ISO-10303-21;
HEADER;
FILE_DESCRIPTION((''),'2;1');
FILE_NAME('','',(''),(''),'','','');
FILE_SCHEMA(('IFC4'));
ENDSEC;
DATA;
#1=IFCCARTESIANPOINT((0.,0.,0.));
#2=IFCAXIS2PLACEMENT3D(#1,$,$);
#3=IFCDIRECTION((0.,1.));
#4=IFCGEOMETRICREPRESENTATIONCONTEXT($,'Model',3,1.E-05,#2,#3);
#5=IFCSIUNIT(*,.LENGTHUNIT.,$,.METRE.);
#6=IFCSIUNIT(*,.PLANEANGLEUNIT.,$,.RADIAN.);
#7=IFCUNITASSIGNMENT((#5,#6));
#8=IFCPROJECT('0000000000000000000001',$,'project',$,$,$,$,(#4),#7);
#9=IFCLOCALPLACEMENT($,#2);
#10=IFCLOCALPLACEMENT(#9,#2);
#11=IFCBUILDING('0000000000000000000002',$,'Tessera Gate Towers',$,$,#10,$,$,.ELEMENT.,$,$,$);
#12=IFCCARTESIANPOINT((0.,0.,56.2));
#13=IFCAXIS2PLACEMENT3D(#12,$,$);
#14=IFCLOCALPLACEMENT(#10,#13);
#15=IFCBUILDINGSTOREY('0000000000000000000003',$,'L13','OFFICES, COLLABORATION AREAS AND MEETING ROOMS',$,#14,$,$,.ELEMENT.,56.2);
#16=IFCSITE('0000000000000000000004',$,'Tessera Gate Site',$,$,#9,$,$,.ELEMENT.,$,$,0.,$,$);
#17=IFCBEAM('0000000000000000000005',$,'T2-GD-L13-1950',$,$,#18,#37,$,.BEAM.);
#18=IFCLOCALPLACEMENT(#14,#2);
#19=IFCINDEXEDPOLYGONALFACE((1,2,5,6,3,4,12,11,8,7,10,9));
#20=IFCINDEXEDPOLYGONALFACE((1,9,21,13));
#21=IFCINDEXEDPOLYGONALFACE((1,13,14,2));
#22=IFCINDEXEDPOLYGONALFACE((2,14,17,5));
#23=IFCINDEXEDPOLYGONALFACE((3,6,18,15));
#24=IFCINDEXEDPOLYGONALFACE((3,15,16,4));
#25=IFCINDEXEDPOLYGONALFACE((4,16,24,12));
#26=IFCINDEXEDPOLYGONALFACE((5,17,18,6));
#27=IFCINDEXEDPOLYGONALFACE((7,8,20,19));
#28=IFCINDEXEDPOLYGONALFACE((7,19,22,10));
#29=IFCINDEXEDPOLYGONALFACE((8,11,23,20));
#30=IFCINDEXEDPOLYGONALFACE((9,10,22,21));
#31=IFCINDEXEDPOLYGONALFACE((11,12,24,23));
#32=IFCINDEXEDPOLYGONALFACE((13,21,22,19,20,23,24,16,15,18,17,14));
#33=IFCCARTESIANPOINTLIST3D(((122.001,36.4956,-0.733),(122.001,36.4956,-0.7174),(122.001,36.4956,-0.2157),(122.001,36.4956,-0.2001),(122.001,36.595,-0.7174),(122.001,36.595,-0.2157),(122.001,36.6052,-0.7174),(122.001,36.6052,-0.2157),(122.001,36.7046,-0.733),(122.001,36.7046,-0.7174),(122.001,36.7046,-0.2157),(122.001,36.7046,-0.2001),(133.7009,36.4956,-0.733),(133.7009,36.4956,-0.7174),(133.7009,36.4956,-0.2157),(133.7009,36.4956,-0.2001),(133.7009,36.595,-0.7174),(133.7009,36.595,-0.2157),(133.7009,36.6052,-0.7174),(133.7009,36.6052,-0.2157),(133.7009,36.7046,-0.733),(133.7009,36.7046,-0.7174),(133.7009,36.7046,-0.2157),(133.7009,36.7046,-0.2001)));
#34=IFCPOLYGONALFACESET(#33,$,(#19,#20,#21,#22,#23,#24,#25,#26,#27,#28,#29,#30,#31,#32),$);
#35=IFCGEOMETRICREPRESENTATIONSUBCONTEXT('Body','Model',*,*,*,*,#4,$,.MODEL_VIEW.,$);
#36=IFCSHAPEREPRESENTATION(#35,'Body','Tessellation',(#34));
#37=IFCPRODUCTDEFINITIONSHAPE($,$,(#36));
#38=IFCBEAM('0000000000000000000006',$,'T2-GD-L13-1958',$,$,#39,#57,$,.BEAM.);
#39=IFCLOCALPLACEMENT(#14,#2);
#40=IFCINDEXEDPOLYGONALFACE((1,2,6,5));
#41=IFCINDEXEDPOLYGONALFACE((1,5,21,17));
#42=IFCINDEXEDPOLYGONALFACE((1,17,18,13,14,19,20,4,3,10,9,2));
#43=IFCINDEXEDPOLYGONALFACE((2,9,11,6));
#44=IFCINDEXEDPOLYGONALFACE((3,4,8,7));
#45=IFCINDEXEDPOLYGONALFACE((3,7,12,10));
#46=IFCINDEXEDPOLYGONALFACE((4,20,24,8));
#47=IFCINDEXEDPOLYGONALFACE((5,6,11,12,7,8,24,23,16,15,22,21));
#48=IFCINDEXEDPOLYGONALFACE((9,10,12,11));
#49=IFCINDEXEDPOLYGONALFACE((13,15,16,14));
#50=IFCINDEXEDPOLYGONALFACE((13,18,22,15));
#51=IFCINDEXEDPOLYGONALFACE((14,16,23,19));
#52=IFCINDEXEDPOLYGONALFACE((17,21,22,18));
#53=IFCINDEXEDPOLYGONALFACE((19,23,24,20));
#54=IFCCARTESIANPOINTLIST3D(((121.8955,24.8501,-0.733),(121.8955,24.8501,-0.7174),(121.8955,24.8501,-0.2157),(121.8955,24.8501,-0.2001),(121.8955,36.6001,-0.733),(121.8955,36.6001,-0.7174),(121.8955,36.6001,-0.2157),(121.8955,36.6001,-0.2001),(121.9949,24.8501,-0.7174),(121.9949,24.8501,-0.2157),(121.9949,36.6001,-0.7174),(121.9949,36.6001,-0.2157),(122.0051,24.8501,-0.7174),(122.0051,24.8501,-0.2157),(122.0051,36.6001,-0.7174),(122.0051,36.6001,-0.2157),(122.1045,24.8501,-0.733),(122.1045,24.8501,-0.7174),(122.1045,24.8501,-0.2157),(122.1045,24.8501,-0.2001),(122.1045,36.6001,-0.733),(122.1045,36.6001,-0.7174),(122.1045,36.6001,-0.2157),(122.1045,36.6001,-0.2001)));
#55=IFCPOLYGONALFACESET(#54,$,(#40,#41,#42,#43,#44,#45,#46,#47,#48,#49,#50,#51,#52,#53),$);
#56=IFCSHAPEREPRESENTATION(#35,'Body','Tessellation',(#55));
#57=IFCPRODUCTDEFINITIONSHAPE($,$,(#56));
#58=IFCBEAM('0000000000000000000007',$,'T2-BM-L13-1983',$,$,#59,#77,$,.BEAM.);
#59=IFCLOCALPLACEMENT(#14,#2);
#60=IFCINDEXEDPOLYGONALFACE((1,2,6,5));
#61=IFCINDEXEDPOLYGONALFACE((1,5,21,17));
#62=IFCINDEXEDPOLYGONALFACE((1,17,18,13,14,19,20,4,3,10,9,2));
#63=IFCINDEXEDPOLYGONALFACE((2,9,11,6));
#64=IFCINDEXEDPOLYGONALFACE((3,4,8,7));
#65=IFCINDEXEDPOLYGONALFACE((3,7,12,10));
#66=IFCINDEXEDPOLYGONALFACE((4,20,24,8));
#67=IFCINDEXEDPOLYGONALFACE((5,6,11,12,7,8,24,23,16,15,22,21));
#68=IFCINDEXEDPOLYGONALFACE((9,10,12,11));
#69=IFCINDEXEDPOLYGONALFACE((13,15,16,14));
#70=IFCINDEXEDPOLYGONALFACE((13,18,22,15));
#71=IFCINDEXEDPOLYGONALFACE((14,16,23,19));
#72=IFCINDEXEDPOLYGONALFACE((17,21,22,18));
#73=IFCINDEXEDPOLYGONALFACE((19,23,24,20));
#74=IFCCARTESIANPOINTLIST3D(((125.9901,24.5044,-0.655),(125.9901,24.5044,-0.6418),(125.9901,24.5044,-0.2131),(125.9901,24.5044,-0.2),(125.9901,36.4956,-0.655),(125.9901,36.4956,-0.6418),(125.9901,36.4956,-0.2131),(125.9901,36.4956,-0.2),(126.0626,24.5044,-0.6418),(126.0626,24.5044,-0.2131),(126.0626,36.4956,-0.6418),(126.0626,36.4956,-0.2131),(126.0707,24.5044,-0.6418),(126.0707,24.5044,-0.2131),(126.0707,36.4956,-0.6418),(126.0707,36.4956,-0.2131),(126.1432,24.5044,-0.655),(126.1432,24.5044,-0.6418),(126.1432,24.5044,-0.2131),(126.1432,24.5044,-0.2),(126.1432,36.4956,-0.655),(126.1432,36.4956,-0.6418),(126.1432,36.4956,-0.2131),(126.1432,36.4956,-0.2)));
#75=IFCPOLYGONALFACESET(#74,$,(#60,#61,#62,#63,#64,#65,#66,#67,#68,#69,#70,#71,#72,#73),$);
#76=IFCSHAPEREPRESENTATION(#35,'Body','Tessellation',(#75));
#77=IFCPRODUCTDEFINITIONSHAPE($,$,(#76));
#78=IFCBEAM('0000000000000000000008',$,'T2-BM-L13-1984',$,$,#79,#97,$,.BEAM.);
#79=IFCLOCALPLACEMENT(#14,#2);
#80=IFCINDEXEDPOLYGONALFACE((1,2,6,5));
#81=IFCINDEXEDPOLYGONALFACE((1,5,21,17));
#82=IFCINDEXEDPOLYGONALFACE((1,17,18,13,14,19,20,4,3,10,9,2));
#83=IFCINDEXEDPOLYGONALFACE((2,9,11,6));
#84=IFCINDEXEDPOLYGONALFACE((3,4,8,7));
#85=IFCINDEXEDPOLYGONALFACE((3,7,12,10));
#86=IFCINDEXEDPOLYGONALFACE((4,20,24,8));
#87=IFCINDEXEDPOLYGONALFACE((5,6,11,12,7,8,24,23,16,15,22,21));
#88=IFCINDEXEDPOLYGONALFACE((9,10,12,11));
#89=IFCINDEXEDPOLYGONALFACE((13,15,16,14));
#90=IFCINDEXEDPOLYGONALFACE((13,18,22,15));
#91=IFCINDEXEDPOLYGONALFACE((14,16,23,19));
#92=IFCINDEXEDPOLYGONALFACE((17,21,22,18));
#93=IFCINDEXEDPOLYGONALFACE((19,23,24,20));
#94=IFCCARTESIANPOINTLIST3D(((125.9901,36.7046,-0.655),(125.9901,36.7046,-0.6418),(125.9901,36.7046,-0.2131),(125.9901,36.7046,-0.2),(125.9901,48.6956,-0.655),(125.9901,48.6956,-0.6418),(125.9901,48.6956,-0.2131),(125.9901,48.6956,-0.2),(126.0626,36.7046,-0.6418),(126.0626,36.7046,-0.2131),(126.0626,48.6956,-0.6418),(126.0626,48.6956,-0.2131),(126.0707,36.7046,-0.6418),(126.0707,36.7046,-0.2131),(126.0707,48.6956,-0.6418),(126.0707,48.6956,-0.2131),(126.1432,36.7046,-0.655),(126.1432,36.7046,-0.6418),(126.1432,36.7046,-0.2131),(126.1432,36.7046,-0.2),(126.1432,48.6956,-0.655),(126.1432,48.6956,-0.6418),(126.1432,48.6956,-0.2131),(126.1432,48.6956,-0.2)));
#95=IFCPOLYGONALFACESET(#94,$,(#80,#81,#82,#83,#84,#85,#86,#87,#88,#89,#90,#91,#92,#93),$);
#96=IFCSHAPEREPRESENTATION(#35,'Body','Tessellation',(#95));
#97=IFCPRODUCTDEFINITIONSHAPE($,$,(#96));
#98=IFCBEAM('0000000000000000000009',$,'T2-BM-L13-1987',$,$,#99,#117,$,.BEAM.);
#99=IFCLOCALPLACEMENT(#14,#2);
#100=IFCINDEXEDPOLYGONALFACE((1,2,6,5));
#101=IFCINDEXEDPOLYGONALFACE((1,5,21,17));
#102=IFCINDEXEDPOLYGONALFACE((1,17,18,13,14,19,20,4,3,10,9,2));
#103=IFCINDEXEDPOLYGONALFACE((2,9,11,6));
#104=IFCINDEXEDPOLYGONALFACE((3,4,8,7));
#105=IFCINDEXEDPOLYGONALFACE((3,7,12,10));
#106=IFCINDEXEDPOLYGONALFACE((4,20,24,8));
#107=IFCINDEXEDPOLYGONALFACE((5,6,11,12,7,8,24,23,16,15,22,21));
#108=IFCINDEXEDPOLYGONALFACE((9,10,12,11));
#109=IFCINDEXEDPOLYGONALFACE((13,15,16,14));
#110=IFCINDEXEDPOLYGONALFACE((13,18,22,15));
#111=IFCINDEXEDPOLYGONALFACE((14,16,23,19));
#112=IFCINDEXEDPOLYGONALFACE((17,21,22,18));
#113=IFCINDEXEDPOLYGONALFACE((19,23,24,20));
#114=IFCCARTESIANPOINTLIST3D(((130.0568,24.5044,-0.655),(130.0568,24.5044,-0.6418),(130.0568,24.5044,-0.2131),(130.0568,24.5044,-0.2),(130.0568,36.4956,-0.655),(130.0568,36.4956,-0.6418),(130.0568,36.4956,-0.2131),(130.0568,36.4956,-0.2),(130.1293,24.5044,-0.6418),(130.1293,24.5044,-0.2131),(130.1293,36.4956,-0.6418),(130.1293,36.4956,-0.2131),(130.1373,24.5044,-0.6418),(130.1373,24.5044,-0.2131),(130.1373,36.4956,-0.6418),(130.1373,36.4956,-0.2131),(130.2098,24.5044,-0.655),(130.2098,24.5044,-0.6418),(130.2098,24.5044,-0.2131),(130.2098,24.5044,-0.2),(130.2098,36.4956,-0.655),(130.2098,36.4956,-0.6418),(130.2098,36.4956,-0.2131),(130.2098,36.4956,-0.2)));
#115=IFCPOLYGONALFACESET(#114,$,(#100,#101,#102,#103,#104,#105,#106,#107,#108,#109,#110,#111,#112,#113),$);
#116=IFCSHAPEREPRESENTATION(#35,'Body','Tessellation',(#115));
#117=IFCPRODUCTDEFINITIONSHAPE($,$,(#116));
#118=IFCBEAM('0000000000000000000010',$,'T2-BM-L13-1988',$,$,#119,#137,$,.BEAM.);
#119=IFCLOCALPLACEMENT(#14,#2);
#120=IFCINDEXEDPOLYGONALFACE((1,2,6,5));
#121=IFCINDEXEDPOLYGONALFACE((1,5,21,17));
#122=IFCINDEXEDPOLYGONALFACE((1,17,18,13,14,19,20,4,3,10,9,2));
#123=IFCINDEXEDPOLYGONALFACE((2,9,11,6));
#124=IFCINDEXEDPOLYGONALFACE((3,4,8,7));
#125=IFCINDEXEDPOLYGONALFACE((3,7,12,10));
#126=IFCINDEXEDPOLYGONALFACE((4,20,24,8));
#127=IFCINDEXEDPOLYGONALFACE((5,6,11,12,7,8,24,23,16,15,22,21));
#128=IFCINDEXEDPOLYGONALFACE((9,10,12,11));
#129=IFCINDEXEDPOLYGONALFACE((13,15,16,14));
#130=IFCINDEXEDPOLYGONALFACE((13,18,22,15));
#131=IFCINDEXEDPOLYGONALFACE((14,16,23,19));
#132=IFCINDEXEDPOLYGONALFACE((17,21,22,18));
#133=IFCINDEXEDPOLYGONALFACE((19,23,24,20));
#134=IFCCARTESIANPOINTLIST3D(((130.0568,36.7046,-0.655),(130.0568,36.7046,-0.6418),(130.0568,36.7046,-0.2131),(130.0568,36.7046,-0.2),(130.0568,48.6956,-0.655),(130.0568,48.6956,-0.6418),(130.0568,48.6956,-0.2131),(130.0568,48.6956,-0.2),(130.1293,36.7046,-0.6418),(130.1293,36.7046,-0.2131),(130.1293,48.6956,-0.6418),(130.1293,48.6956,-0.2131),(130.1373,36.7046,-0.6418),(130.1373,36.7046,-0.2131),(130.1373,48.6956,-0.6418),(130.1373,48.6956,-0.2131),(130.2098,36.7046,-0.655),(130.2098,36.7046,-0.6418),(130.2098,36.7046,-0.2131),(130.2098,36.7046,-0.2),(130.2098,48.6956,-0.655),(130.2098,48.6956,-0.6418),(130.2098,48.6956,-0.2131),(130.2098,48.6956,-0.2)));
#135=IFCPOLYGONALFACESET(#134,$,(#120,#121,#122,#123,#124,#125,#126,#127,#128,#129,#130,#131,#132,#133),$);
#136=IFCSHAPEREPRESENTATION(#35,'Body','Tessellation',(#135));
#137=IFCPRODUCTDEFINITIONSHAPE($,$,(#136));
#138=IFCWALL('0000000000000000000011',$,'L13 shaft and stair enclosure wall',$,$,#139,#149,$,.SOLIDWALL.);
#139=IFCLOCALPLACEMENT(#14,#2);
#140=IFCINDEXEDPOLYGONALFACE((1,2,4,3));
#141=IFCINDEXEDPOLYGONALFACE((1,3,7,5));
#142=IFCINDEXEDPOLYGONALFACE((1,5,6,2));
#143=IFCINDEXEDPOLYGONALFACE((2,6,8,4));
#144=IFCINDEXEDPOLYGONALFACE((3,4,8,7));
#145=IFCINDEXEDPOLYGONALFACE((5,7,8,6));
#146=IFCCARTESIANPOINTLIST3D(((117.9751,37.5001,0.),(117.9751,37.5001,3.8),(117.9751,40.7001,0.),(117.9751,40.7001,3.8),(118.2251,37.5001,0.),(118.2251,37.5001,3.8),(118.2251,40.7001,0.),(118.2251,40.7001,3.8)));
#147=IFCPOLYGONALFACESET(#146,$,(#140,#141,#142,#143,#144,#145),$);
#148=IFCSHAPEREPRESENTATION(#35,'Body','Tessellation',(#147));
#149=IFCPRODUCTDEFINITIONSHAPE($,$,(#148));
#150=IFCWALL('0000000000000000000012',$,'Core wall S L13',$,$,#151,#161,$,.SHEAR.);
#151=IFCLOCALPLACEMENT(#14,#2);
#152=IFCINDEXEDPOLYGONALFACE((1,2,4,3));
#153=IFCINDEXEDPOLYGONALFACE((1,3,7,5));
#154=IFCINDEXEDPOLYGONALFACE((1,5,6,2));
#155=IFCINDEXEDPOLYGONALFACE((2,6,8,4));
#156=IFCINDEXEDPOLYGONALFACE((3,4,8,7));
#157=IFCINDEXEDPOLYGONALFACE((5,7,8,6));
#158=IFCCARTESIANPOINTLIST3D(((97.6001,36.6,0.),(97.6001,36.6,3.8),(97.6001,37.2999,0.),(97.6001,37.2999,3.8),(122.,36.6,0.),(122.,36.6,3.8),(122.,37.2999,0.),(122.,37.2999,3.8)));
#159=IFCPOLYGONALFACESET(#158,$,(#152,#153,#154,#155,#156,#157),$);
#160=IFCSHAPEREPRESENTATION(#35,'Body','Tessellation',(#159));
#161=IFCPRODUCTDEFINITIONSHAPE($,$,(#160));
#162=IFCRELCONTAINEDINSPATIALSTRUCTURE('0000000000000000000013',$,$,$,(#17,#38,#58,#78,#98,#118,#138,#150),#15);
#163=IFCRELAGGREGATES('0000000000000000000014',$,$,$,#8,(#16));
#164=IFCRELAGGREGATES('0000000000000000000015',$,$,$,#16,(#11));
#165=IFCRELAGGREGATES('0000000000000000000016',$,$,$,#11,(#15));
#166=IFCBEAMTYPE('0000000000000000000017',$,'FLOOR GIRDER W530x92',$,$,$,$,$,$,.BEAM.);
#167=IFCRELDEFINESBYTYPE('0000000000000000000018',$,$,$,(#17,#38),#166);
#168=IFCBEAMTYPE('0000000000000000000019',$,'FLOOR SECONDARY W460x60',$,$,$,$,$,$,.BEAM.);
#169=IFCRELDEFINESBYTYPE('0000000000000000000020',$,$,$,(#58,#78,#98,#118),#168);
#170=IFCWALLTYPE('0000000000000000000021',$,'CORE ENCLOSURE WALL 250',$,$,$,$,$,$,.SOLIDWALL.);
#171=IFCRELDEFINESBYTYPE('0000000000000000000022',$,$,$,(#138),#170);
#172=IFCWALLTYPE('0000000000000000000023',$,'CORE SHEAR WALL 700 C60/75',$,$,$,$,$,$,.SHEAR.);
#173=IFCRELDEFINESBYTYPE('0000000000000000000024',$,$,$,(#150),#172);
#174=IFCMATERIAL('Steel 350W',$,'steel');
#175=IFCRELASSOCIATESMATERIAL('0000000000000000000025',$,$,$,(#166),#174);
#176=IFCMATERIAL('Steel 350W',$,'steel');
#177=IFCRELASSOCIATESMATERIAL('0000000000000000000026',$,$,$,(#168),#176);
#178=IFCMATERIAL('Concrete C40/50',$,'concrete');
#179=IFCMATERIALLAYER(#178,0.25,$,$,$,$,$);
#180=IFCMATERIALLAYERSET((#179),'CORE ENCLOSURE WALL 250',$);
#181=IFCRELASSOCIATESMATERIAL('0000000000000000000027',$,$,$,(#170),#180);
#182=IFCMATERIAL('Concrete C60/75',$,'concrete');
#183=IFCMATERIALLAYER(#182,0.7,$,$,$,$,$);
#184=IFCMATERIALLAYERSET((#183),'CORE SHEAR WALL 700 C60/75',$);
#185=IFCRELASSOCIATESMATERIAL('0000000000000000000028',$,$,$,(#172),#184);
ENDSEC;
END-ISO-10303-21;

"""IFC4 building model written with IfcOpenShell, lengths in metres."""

from ifc_helpers import new_model, si_unit, direction, frame, frame_2d, origin, origin_2d, place, context, subcontext, project, spatial, rectangle, i_section, extrude, material, layer, layer_set, material_profile, profile_set, type_object, element, save


model = new_model("IFC4")

# Units and contexts
model_context = context("Model", 3, precision=1e-05, world=origin(), true_north=direction((0.0, 1.0)))
body_context = subcontext(model_context, "Body", "Model", "MODEL_VIEW")
ifc_project = project(units=[si_unit("LENGTHUNIT", "METRE"), si_unit("PLANEANGLEUNIT", "RADIAN")], contexts=[model_context])

# Site, building, storey
site_placement = place(None, origin())
site = spatial("IfcSite", under=ifc_project, at=site_placement, Name="Tessera Gate Site", CompositionType="ELEMENT", RefElevation=0.0)
building_placement = place(site_placement, origin())
building = spatial("IfcBuilding", under=site, at=building_placement, Name="Tessera Gate Towers", CompositionType="ELEMENT")
storey_placement = place(building_placement, frame((0.0, 0.0, 56.2)))
storey = spatial("IfcBuildingStorey", under=building, at=storey_placement, Name="L13", Description="OFFICES, COLLABORATION AREAS AND MEETING ROOMS", CompositionType="ELEMENT", Elevation=56.2)

# Beams
ifc_material_1 = material(Name="Steel 350W", Category="steel")
ifc_material_profile_1 = material_profile(ifc_material_1, i_section(OverallWidth=0.209, OverallDepth=0.533, WebThickness=0.0103, FlangeThickness=0.0156, at=origin_2d()), Name="W530x92")
ifc_profile_set_1 = profile_set([ifc_material_profile_1], Name="Steel 350W")
beam_type_1 = type_object("IfcBeamType", Name="FLOOR GIRDER W530x92", PredefinedType="BEAM", material=ifc_profile_set_1)
beam_1_placement = place(storey_placement, frame((122.001, 36.6001, -0.4666), z_axis=(1.0, 0.0, 0.0), x_axis=(0.0, 1.0, 0.0)))
element("IfcBeam", 1, at=beam_1_placement, inside=storey, type_object=beam_type_1, Name="T2-GD-L13-1950", PredefinedType="BEAM", context=body_context, shape_type="SweptSolid", body=[
    extrude(i_section(OverallWidth=0.209, OverallDepth=0.533, WebThickness=0.0103, FlangeThickness=0.0156, at=origin_2d()), origin(), (0.0, 0.0, 1.0), 11.7),
])
beam_2_placement = place(storey_placement, frame((122.0, 24.8501, -0.4666), z_axis=(0.0, 1.0, 0.0), x_axis=(-1.0, 0.0, 0.0)))
element("IfcBeam", 2, at=beam_2_placement, inside=storey, type_object=beam_type_1, Name="T2-GD-L13-1958", PredefinedType="BEAM", context=body_context, shape_type="SweptSolid", body=[
    extrude(i_section(OverallWidth=0.209, OverallDepth=0.533, WebThickness=0.0103, FlangeThickness=0.0156, at=origin_2d()), origin(), (0.0, 0.0, 1.0), 11.75),
])
ifc_material_2 = material(Name="Steel 350W", Category="steel")
ifc_material_profile_2 = material_profile(ifc_material_2, i_section(OverallWidth=0.1531, OverallDepth=0.4551, WebThickness=0.0081, FlangeThickness=0.0132, at=origin_2d()), Name="W460x60")
ifc_profile_set_2 = profile_set([ifc_material_profile_2], Name="Steel 350W")
beam_type_2 = type_object("IfcBeamType", Name="FLOOR SECONDARY W460x60", PredefinedType="BEAM", material=ifc_profile_set_2)
beam_3_placement = place(storey_placement, frame((126.0667, 24.5044, -0.4275), z_axis=(0.0, 1.0, 0.0), x_axis=(-1.0, 0.0, 0.0)))
element("IfcBeam", 3, at=beam_3_placement, inside=storey, type_object=beam_type_2, Name="T2-BM-L13-1983", PredefinedType="BEAM", context=body_context, shape_type="SweptSolid", body=[
    extrude(i_section(OverallWidth=0.1531, OverallDepth=0.4551, WebThickness=0.0081, FlangeThickness=0.0132, at=origin_2d()), origin(), (0.0, 0.0, 1.0), 11.9912),
])
beam_4_placement = place(storey_placement, frame((126.0667, 36.7046, -0.4275), z_axis=(0.0, 1.0, 0.0), x_axis=(-1.0, 0.0, 0.0)))
element("IfcBeam", 4, at=beam_4_placement, inside=storey, type_object=beam_type_2, Name="T2-BM-L13-1984", PredefinedType="BEAM", context=body_context, shape_type="SweptSolid", body=[
    extrude(i_section(OverallWidth=0.1531, OverallDepth=0.4551, WebThickness=0.0081, FlangeThickness=0.0132, at=origin_2d()), origin(), (0.0, 0.0, 1.0), 11.991),
])
beam_5_placement = place(storey_placement, frame((130.1333, 24.5044, -0.4275), z_axis=(0.0, 1.0, 0.0), x_axis=(-1.0, 0.0, 0.0)))
element("IfcBeam", 5, at=beam_5_placement, inside=storey, type_object=beam_type_2, Name="T2-BM-L13-1987", PredefinedType="BEAM", context=body_context, shape_type="SweptSolid", body=[
    extrude(i_section(OverallWidth=0.1531, OverallDepth=0.4551, WebThickness=0.0081, FlangeThickness=0.0132, at=origin_2d()), origin(), (0.0, 0.0, 1.0), 11.9912),
])
beam_6_placement = place(storey_placement, frame((130.1333, 36.7046, -0.4275), z_axis=(0.0, 1.0, 0.0), x_axis=(-1.0, 0.0, 0.0)))
element("IfcBeam", 6, at=beam_6_placement, inside=storey, type_object=beam_type_2, Name="T2-BM-L13-1988", PredefinedType="BEAM", context=body_context, shape_type="SweptSolid", body=[
    extrude(i_section(OverallWidth=0.1531, OverallDepth=0.4551, WebThickness=0.0081, FlangeThickness=0.0132, at=origin_2d()), origin(), (0.0, 0.0, 1.0), 11.991),
])

# Walls
ifc_material_3 = material(Name="Concrete C40/50", Category="concrete")
ifc_layer_1 = layer(ifc_material_3, 0.25)
ifc_layer_set_1 = layer_set([ifc_layer_1], Name="CORE ENCLOSURE WALL 250")
wall_type_1 = type_object("IfcWallType", Name="CORE ENCLOSURE WALL 250", PredefinedType="SOLIDWALL", material=ifc_layer_set_1)
wall_1_placement = place(storey_placement, frame((118.1001, 37.5, 0.0), z_axis=(0.0, 0.0, 1.0), x_axis=(0.0, 1.0, 0.0)))
element("IfcWall", 7, at=wall_1_placement, inside=storey, type_object=wall_type_1, Name="L13 shaft and stair enclosure wall", PredefinedType="SOLIDWALL", context=body_context, shape_type="SweptSolid", body=[
    extrude(rectangle(XDim=3.2, YDim=0.25, at=frame_2d((1.6001, 0.0))), origin(), (0.0, 0.0, 1.0), 3.8),
])
ifc_material_4 = material(Name="Concrete C60/75", Category="concrete")
ifc_layer_2 = layer(ifc_material_4, 0.7)
ifc_layer_set_2 = layer_set([ifc_layer_2], Name="CORE SHEAR WALL 700 C60/75")
wall_type_2 = type_object("IfcWallType", Name="CORE SHEAR WALL 700 C60/75", PredefinedType="SHEAR", material=ifc_layer_set_2)
wall_2_placement = place(storey_placement, frame((122.0, 36.95, 0.0), z_axis=(0.0, 0.0, 1.0), x_axis=(-1.0, 0.0, 0.0)))
element("IfcWall", 8, at=wall_2_placement, inside=storey, type_object=wall_type_2, Name="Core wall S L13", PredefinedType="SHEAR", context=body_context, shape_type="SweptSolid", body=[
    extrude(rectangle(XDim=24.3999, YDim=0.7, at=frame_2d((12.2, 0.0))), origin(), (0.0, 0.0, 1.0), 3.8),
])

save(model, "model.ifc")
